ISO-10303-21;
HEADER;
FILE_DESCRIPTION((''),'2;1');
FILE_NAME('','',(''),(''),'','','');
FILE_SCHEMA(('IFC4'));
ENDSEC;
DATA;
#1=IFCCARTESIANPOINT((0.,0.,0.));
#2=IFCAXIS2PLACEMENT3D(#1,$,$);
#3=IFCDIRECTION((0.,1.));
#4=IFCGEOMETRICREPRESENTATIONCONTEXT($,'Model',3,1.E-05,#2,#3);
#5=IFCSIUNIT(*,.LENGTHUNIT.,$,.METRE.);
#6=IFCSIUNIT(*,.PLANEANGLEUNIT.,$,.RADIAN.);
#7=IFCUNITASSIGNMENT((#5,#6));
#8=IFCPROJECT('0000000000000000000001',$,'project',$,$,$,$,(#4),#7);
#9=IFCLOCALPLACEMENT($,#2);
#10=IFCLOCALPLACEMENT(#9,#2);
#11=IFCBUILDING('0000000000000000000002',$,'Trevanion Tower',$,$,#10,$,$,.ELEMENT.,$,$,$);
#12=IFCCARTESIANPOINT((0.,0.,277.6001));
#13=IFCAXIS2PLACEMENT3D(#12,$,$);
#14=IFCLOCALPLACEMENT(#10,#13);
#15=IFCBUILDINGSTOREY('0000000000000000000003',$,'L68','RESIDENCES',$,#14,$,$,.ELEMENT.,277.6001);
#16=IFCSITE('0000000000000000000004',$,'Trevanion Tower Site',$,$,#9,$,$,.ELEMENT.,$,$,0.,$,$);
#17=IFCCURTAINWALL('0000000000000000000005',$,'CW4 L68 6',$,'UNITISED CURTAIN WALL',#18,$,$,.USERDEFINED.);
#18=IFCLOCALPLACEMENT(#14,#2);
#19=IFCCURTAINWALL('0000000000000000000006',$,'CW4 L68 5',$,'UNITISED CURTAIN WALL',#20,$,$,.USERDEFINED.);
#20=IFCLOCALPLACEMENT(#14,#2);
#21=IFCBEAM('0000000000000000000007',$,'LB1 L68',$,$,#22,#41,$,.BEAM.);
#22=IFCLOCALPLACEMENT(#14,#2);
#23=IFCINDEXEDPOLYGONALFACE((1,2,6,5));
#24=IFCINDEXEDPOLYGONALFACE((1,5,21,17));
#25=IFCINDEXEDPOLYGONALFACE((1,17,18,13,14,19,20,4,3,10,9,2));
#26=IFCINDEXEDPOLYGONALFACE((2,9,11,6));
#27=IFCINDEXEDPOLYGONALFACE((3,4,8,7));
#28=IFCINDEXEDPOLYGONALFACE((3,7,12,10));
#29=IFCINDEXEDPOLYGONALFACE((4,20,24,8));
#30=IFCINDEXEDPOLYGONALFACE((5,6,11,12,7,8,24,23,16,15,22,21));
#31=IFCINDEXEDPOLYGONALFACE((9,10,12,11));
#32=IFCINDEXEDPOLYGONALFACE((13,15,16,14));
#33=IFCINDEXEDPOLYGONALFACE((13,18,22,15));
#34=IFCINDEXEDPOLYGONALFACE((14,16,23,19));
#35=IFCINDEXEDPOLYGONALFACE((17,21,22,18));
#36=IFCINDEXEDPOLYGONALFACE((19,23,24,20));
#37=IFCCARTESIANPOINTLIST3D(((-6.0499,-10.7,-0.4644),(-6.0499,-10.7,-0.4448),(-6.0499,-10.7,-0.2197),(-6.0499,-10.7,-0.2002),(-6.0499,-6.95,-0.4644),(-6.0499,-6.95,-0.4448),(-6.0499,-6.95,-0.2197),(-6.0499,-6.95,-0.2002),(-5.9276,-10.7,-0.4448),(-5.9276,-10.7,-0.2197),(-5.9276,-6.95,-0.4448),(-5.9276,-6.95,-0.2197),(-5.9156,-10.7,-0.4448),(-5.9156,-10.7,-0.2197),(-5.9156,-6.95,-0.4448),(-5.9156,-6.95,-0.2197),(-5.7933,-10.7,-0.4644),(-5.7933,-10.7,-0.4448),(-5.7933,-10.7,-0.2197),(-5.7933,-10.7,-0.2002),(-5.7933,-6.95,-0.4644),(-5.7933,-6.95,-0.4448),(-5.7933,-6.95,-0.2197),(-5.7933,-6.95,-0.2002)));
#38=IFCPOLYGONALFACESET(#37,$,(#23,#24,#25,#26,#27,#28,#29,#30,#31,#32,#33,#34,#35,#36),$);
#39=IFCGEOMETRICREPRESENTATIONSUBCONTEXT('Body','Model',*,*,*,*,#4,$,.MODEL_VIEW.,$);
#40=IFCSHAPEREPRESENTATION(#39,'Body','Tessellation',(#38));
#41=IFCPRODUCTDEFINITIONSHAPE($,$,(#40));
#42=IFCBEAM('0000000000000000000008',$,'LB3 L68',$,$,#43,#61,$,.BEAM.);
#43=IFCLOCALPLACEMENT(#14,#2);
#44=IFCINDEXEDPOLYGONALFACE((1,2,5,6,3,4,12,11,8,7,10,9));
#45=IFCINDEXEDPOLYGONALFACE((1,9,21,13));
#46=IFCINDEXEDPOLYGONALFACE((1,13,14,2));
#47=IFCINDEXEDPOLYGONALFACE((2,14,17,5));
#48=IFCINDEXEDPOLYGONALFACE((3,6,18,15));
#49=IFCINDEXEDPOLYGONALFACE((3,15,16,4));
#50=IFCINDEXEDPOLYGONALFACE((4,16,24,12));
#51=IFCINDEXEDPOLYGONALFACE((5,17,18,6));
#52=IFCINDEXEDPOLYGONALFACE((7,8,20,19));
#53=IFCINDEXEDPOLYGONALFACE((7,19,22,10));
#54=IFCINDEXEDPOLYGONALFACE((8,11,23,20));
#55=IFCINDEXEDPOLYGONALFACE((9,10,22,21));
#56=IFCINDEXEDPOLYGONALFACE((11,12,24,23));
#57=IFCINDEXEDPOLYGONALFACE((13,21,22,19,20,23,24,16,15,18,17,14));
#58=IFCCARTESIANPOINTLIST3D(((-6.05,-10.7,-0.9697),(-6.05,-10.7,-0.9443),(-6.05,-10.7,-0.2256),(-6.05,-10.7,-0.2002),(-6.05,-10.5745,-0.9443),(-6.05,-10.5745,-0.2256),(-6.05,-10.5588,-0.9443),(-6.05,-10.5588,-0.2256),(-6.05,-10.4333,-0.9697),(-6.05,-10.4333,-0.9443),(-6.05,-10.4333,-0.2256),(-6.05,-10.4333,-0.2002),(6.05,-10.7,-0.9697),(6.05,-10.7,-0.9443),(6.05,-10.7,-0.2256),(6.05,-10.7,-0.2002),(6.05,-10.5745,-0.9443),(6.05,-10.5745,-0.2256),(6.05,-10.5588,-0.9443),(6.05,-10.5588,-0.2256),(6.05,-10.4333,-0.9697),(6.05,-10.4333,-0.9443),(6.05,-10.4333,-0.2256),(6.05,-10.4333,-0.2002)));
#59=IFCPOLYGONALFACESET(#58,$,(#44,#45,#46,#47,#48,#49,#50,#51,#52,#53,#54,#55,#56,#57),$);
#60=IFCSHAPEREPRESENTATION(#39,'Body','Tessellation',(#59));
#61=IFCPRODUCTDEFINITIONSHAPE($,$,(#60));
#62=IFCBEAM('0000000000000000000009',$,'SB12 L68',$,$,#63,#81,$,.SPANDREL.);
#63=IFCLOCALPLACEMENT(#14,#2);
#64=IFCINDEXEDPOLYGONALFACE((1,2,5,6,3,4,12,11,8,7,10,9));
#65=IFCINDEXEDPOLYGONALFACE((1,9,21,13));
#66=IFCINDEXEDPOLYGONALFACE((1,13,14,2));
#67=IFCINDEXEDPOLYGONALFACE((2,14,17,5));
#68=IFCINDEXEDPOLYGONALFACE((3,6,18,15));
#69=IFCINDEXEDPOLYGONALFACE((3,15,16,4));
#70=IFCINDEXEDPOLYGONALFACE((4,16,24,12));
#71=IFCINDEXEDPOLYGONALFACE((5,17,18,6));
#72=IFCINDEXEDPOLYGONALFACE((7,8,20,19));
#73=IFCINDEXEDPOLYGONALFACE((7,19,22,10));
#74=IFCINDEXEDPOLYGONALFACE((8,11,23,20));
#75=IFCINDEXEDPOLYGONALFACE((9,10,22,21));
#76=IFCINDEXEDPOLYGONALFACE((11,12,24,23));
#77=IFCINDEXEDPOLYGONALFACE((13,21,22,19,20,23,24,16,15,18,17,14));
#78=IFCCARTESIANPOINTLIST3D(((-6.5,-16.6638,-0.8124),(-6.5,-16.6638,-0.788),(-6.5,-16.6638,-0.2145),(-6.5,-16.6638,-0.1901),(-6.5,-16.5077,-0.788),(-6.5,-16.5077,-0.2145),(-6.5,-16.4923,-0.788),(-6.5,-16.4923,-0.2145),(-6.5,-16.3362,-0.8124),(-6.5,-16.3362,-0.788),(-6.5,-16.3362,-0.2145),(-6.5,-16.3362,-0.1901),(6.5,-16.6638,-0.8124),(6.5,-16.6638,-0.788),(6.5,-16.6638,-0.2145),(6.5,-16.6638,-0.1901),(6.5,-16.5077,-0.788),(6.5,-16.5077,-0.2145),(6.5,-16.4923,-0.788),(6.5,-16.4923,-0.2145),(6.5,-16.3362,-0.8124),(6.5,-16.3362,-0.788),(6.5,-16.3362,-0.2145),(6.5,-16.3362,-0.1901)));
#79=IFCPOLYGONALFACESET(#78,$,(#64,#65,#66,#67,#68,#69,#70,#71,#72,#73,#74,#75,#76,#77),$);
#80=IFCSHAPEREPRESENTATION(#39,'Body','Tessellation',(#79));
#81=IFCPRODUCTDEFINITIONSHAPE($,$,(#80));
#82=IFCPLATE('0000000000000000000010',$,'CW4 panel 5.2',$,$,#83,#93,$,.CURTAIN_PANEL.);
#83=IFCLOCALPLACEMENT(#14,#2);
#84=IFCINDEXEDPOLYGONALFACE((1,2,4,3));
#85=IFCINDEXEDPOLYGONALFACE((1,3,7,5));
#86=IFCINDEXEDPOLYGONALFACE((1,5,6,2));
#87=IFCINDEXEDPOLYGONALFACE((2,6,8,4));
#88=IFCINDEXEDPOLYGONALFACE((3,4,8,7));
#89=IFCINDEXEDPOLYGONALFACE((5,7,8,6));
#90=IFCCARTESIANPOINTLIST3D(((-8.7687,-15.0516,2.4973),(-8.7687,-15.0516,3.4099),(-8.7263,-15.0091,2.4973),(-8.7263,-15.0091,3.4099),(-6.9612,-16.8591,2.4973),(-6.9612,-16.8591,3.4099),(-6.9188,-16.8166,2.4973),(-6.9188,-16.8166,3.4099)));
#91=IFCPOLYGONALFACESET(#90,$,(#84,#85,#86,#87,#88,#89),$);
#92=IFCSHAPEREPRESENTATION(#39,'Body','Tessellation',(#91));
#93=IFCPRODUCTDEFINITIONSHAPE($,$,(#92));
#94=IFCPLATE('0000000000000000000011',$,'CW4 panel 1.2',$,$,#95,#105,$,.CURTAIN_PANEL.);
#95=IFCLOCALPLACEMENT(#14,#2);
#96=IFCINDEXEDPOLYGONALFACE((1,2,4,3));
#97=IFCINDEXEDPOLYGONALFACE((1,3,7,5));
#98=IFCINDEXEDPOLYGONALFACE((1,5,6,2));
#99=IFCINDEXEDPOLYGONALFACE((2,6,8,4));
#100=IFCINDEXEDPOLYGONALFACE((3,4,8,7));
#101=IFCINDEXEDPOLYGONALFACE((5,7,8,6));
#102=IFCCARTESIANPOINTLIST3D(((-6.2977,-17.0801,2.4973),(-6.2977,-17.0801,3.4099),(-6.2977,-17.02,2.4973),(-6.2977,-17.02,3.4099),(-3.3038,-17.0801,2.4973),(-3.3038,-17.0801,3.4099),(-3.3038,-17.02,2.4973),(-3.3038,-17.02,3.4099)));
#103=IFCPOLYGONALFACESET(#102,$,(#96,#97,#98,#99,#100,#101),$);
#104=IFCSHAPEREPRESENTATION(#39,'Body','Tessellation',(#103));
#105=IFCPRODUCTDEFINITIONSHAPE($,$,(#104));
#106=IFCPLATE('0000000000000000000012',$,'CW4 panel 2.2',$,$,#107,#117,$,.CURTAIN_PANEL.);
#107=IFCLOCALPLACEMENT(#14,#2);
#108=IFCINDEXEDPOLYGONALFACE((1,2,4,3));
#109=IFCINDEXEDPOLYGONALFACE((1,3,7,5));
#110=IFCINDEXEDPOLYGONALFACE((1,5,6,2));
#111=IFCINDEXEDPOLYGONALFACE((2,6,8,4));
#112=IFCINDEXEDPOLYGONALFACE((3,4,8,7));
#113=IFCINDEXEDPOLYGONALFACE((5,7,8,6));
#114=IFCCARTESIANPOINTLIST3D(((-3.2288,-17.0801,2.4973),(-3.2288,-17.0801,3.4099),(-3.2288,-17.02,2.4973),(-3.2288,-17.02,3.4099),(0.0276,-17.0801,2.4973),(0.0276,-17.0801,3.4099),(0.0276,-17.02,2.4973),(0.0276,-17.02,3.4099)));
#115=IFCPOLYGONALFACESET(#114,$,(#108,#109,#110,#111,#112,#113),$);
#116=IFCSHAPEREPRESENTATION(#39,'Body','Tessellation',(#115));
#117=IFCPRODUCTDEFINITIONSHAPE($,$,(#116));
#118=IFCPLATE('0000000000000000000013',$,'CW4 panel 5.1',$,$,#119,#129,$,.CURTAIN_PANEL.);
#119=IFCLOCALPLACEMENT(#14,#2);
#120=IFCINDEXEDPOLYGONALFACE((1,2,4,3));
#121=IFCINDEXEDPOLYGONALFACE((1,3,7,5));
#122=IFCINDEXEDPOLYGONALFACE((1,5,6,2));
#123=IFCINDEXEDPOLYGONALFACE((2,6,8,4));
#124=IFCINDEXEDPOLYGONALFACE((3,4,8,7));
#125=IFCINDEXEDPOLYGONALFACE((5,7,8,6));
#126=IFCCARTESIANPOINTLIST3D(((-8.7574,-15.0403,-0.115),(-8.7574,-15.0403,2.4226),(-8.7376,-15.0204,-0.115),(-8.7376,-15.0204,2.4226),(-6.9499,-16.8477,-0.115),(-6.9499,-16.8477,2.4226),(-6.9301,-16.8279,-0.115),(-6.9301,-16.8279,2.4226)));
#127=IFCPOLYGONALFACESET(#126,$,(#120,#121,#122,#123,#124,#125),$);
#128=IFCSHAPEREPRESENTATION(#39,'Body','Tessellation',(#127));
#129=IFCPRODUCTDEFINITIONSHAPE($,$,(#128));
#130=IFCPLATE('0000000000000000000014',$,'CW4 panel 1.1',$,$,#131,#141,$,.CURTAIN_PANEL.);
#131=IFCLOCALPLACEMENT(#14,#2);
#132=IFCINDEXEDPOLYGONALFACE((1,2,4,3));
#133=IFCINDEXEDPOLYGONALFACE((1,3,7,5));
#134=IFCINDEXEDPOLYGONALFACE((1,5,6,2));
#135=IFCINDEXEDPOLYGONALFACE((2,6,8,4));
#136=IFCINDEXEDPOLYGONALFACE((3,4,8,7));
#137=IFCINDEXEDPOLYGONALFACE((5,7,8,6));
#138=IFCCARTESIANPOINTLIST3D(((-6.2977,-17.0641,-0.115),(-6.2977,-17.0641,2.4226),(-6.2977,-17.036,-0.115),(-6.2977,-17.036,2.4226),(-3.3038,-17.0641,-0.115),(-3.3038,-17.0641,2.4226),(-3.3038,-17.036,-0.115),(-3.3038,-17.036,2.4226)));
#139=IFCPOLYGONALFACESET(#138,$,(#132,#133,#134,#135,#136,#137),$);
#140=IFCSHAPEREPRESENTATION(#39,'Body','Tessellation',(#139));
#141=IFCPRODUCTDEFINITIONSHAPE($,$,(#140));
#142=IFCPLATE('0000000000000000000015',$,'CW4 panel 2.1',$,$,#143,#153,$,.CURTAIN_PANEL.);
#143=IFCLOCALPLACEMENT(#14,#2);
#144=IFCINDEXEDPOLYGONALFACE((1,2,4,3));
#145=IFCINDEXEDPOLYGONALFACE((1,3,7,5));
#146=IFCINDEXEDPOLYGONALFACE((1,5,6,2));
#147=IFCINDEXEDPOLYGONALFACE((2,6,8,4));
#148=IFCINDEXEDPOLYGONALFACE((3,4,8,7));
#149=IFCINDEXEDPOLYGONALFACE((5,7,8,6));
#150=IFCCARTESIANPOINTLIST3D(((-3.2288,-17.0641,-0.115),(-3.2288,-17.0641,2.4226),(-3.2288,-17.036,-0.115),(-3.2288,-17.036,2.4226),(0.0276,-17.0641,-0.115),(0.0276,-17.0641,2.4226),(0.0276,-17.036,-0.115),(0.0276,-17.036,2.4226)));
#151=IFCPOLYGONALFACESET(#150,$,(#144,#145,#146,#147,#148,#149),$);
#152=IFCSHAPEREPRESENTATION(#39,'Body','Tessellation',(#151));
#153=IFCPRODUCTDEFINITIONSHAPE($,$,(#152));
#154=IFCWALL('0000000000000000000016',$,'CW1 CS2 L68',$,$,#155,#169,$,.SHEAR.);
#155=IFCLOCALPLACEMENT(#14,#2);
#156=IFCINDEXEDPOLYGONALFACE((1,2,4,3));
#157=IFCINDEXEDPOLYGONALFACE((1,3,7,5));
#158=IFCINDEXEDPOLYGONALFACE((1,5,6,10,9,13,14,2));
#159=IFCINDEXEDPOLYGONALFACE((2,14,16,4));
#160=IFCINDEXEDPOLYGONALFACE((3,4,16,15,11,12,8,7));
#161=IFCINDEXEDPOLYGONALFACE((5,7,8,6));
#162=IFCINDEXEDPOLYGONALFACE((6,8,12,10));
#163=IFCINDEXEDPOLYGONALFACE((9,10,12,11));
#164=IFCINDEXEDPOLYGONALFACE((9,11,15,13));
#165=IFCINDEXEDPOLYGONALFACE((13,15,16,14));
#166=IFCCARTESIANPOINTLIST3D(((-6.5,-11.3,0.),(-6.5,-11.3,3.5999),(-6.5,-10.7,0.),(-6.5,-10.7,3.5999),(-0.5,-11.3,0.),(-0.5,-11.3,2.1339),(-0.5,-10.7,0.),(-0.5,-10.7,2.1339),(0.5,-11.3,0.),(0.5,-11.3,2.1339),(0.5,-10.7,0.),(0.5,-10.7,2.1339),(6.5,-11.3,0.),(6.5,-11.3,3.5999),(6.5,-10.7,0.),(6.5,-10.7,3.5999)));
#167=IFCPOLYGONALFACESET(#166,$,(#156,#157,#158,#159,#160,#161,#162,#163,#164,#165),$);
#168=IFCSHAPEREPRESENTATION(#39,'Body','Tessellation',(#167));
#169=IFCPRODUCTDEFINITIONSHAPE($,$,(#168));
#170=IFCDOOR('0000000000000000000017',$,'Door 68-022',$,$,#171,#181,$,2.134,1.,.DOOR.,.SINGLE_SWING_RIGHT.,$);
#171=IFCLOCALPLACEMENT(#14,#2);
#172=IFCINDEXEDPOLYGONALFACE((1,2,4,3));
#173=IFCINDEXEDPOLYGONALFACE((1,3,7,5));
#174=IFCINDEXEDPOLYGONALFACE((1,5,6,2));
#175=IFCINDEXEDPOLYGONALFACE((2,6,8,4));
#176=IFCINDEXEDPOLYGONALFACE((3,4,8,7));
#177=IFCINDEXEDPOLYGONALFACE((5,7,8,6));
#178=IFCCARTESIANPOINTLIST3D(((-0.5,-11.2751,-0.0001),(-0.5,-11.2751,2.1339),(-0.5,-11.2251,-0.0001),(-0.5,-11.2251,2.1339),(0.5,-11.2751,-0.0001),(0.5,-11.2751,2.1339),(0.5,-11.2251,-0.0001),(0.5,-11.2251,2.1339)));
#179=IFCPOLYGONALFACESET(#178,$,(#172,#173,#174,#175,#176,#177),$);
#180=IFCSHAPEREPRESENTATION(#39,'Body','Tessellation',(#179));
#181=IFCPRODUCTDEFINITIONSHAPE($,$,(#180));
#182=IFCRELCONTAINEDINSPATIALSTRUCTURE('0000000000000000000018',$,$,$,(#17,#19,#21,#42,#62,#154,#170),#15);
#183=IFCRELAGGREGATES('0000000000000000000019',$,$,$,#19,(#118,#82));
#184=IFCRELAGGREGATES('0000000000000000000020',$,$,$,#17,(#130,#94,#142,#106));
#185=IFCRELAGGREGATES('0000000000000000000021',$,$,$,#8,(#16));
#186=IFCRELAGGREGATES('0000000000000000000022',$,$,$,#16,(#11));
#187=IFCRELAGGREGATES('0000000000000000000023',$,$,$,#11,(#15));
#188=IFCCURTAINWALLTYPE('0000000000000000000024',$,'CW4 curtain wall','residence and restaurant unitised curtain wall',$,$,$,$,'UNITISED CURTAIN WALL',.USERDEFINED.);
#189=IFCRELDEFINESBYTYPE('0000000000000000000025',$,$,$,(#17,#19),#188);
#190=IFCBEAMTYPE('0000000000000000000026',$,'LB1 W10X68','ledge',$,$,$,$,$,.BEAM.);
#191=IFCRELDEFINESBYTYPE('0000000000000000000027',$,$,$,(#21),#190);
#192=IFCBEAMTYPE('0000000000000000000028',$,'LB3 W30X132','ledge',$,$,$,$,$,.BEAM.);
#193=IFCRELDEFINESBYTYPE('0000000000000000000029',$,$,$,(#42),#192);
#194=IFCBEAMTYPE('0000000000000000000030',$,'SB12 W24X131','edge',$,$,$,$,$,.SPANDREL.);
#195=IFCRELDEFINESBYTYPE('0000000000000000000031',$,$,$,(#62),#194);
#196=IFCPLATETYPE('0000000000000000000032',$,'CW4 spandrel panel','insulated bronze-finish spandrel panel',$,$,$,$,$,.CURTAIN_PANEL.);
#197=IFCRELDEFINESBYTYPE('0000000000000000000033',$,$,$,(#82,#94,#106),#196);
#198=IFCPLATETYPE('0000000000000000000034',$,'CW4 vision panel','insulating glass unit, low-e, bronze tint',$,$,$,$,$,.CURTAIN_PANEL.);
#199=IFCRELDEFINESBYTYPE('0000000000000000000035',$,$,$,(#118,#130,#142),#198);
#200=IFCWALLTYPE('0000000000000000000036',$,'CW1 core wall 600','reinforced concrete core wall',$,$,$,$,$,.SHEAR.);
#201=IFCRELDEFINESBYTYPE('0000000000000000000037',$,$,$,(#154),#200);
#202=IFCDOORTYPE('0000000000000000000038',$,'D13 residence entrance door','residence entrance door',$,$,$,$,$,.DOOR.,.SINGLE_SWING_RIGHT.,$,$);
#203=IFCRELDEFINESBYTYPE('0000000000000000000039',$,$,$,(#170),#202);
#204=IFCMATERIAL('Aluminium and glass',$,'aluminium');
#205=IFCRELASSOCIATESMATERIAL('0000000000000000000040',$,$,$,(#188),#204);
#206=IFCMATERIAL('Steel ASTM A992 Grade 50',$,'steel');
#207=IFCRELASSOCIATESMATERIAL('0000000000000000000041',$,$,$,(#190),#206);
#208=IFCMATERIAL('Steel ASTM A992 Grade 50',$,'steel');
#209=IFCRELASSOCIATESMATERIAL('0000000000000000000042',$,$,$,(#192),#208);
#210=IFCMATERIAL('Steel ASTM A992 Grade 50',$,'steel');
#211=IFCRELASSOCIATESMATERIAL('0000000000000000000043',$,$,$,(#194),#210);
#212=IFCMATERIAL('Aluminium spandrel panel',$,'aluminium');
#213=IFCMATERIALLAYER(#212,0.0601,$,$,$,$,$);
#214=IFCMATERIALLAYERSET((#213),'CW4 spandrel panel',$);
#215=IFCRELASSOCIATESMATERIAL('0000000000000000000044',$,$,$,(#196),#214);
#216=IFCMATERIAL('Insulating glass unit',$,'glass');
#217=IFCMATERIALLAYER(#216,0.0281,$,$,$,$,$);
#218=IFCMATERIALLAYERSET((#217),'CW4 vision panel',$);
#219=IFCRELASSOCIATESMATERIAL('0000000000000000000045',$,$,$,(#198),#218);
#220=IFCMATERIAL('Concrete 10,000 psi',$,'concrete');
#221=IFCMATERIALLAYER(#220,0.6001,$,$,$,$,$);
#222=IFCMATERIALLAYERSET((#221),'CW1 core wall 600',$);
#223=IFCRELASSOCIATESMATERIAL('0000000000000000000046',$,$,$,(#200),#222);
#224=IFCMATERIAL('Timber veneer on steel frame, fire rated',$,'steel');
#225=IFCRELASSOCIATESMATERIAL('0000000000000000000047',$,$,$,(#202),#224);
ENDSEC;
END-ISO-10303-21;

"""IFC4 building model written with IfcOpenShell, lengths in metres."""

from ifc_helpers import new_model, si_unit, direction, frame, frame_2d, origin, origin_2d, place, context, subcontext, project, spatial, rectangle, i_section, extrude, material, layer, layer_set, material_profile, profile_set, type_object, element, fill, aggregate, save


model = new_model("IFC4")

# Units and contexts
model_context = context("Model", 3, precision=1e-05, world=origin(), true_north=direction((0.0, 1.0)))
body_context = subcontext(model_context, "Body", "Model", "MODEL_VIEW")
ifc_project = project(units=[si_unit("LENGTHUNIT", "METRE"), si_unit("PLANEANGLEUNIT", "RADIAN")], contexts=[model_context])

# Site, building, storey
site_placement = place(None, origin())
site = spatial("IfcSite", under=ifc_project, at=site_placement, Name="Trevanion Tower Site", CompositionType="ELEMENT", RefElevation=0.0)
building_placement = place(site_placement, origin())
building = spatial("IfcBuilding", under=site, at=building_placement, Name="Trevanion Tower", CompositionType="ELEMENT")
storey_placement = place(building_placement, frame((0.0, 0.0, 277.6001)))
storey = spatial("IfcBuildingStorey", under=building, at=storey_placement, Name="L68", Description="RESIDENCES", CompositionType="ELEMENT", Elevation=277.6001)

# Curtain walls
ifc_material_1 = material(Name="Aluminium and glass", Category="aluminium")
curtain_wall_type = type_object("IfcCurtainWallType", Name="CW4 curtain wall", Description="residence and restaurant unitised curtain wall", ElementType="UNITISED CURTAIN WALL", PredefinedType="USERDEFINED", material=ifc_material_1)
curtain_wall_1_placement = place(storey_placement, origin())
curtain_wall_1 = element("IfcCurtainWall", 1, at=curtain_wall_1_placement, inside=storey, type_object=curtain_wall_type, Name="CW4 L68 6", ObjectType="UNITISED CURTAIN WALL", PredefinedType="USERDEFINED")
curtain_wall_2_placement = place(storey_placement, origin())
curtain_wall_2 = element("IfcCurtainWall", 2, at=curtain_wall_2_placement, inside=storey, type_object=curtain_wall_type, Name="CW4 L68 5", ObjectType="UNITISED CURTAIN WALL", PredefinedType="USERDEFINED")

# Beams
ifc_material_2 = material(Name="Steel ASTM A992 Grade 50", Category="steel")
ifc_material_profile_1 = material_profile(ifc_material_2, i_section(OverallWidth=0.2566, OverallDepth=0.2642, WebThickness=0.012, FlangeThickness=0.0195, at=origin_2d()), Name="W10X68")
ifc_profile_set_1 = profile_set([ifc_material_profile_1], Name="Steel ASTM A992 Grade 50")
beam_type_1 = type_object("IfcBeamType", Name="LB1 W10X68", Description="ledge", PredefinedType="BEAM", material=ifc_profile_set_1)
beam_1_placement = place(storey_placement, frame((-5.9216, -10.7, -0.3323), z_axis=(0.0, 1.0, 0.0), x_axis=(-1.0, 0.0, 0.0)))
element("IfcBeam", 3, at=beam_1_placement, inside=storey, type_object=beam_type_1, Name="LB1 L68", PredefinedType="BEAM", context=body_context, shape_type="SweptSolid", body=[
    extrude(i_section(OverallWidth=0.2566, OverallDepth=0.2642, WebThickness=0.012, FlangeThickness=0.0195, at=origin_2d()), origin(), (0.0, 0.0, 1.0), 3.75),
])
ifc_material_3 = material(Name="Steel ASTM A992 Grade 50", Category="steel")
ifc_material_profile_2 = material_profile(ifc_material_3, i_section(OverallWidth=0.2666, OverallDepth=0.7695, WebThickness=0.0156, FlangeThickness=0.0254, at=origin_2d()), Name="W30X132")
ifc_profile_set_2 = profile_set([ifc_material_profile_2], Name="Steel ASTM A992 Grade 50")
beam_type_2 = type_object("IfcBeamType", Name="LB3 W30X132", Description="ledge", PredefinedType="BEAM", material=ifc_profile_set_2)
beam_2_placement = place(storey_placement, frame((-6.05, -10.5667, -0.585), z_axis=(1.0, 0.0, 0.0), x_axis=(0.0, 1.0, 0.0)))
element("IfcBeam", 4, at=beam_2_placement, inside=storey, type_object=beam_type_2, Name="LB3 L68", PredefinedType="BEAM", context=body_context, shape_type="SweptSolid", body=[
    extrude(i_section(OverallWidth=0.2666, OverallDepth=0.7695, WebThickness=0.0156, FlangeThickness=0.0254, at=origin_2d()), origin(), (0.0, 0.0, 1.0), 12.1001),
])
ifc_material_4 = material(Name="Steel ASTM A992 Grade 50", Category="steel")
ifc_material_profile_3 = material_profile(ifc_material_4, i_section(OverallWidth=0.3276, OverallDepth=0.6223, WebThickness=0.0154, FlangeThickness=0.0244, at=origin_2d()), Name="W24X131")
ifc_profile_set_3 = profile_set([ifc_material_profile_3], Name="Steel ASTM A992 Grade 50")
beam_type_3 = type_object("IfcBeamType", Name="SB12 W24X131", Description="edge", PredefinedType="SPANDREL", material=ifc_profile_set_3)
beam_3_placement = place(storey_placement, frame((-6.5, -16.5, -0.5012), z_axis=(1.0, 0.0, 0.0), x_axis=(0.0, 1.0, 0.0)))
element("IfcBeam", 5, at=beam_3_placement, inside=storey, type_object=beam_type_3, Name="SB12 L68", PredefinedType="SPANDREL", context=body_context, shape_type="SweptSolid", body=[
    extrude(i_section(OverallWidth=0.3276, OverallDepth=0.6223, WebThickness=0.0154, FlangeThickness=0.0244, at=origin_2d()), origin(), (0.0, 0.0, 1.0), 13.0),
])

# Plates
ifc_material_5 = material(Name="Aluminium spandrel panel", Category="aluminium")
ifc_layer_1 = layer(ifc_material_5, 0.0601)
ifc_layer_set_1 = layer_set([ifc_layer_1], Name="CW4 spandrel panel")
plate_type_1 = type_object("IfcPlateType", Name="CW4 spandrel panel", Description="insulated bronze-finish spandrel panel", PredefinedType="CURTAIN_PANEL", material=ifc_layer_set_1)
plate_1_placement = place(storey_placement, frame((-7.8438, -15.9341, 2.4973), z_axis=(0.0, 0.0, 1.0), x_axis=(0.707107, -0.707107, 0.0)))
plate_1 = element("IfcPlate", 6, at=plate_1_placement, type_object=plate_type_1, Name="CW4 panel 5.2", PredefinedType="CURTAIN_PANEL", context=body_context, shape_type="SweptSolid", body=[
    extrude(rectangle(XDim=2.5562, YDim=0.0601, at=origin_2d()), origin(), (0.0, 0.0, 1.0), 0.9126),
])
plate_2_placement = place(storey_placement, frame((-4.8008, -17.05, 2.4973), z_axis=(0.0, 0.0, 1.0), x_axis=(1.0, 0.0, 0.0)))
plate_2 = element("IfcPlate", 7, at=plate_2_placement, type_object=plate_type_1, Name="CW4 panel 1.2", PredefinedType="CURTAIN_PANEL", context=body_context, shape_type="SweptSolid", body=[
    extrude(rectangle(XDim=2.9939, YDim=0.0601, at=origin_2d()), origin(), (0.0, 0.0, 1.0), 0.9126),
])
plate_3_placement = place(storey_placement, frame((-1.6006, -17.05, 2.4973), z_axis=(0.0, 0.0, 1.0), x_axis=(1.0, 0.0, 0.0)))
plate_3 = element("IfcPlate", 8, at=plate_3_placement, type_object=plate_type_1, Name="CW4 panel 2.2", PredefinedType="CURTAIN_PANEL", context=body_context, shape_type="SweptSolid", body=[
    extrude(rectangle(XDim=3.2563, YDim=0.0601, at=origin_2d()), origin(), (0.0, 0.0, 1.0), 0.9126),
])
ifc_material_6 = material(Name="Insulating glass unit", Category="glass")
ifc_layer_2 = layer(ifc_material_6, 0.0281)
ifc_layer_set_2 = layer_set([ifc_layer_2], Name="CW4 vision panel")
plate_type_2 = type_object("IfcPlateType", Name="CW4 vision panel", Description="insulating glass unit, low-e, bronze tint", PredefinedType="CURTAIN_PANEL", material=ifc_layer_set_2)
plate_4_placement = place(storey_placement, frame((-7.8438, -15.9341, -0.115), z_axis=(0.0, 0.0, 1.0), x_axis=(0.707107, -0.707107, 0.0)))
plate_4 = element("IfcPlate", 9, at=plate_4_placement, type_object=plate_type_2, Name="CW4 panel 5.1", PredefinedType="CURTAIN_PANEL", context=body_context, shape_type="SweptSolid", body=[
    extrude(rectangle(XDim=2.5562, YDim=0.0281, at=origin_2d()), origin(), (0.0, 0.0, 1.0), 2.5376),
])
aggregate(curtain_wall_2, [plate_4, plate_1])
plate_5_placement = place(storey_placement, frame((-4.8008, -17.05, -0.115), z_axis=(0.0, 0.0, 1.0), x_axis=(1.0, 0.0, 0.0)))
plate_5 = element("IfcPlate", 10, at=plate_5_placement, type_object=plate_type_2, Name="CW4 panel 1.1", PredefinedType="CURTAIN_PANEL", context=body_context, shape_type="SweptSolid", body=[
    extrude(rectangle(XDim=2.9939, YDim=0.0281, at=origin_2d()), origin(), (0.0, 0.0, 1.0), 2.5376),
])
plate_6_placement = place(storey_placement, frame((-1.6006, -17.05, -0.115), z_axis=(0.0, 0.0, 1.0), x_axis=(1.0, 0.0, 0.0)))
plate_6 = element("IfcPlate", 11, at=plate_6_placement, type_object=plate_type_2, Name="CW4 panel 2.1", PredefinedType="CURTAIN_PANEL", context=body_context, shape_type="SweptSolid", body=[
    extrude(rectangle(XDim=3.2563, YDim=0.0281, at=origin_2d()), origin(), (0.0, 0.0, 1.0), 2.5376),
])
aggregate(curtain_wall_1, [plate_5, plate_2, plate_6, plate_3])

# Wall, opening, door
ifc_material_7 = material(Name="Concrete 10,000 psi", Category="concrete")
ifc_layer_3 = layer(ifc_material_7, 0.6001)
ifc_layer_set_3 = layer_set([ifc_layer_3], Name="CW1 core wall 600")
wall_type_1 = type_object("IfcWallType", Name="CW1 core wall 600", Description="reinforced concrete core wall", PredefinedType="SHEAR", material=ifc_layer_set_3)
wall_1_placement = place(storey_placement, frame((-6.5, -11.0, 0.0), z_axis=(0.0, 0.0, 1.0), x_axis=(1.0, 0.0, 0.0)))
wall_1 = element("IfcWall", 12, at=wall_1_placement, inside=storey, type_object=wall_type_1, Name="CW1 CS2 L68", PredefinedType="SHEAR", context=body_context, shape_type="SweptSolid", body=[
    extrude(rectangle(XDim=13.0, YDim=0.6001, at=frame_2d((6.5, 0.0))), origin(), (0.0, 0.0, 1.0), 3.5999),
])
opening_1_placement = place(wall_1_placement, frame((6.0, 0.0, 0.0)))
opening_1 = element("IfcOpeningElement", 13, at=opening_1_placement, cuts=wall_1, PredefinedType="OPENING", context=body_context, shape_type="SweptSolid", body=[
    extrude(rectangle(XDim=1.0, YDim=2.134, at=frame_2d((0.5, 1.0669))), frame((0.0, 0.3101, 0.0), z_axis=(0.0, -1.0, 0.0), x_axis=(1.0, 0.0, 0.0)), (0.0, 0.0, 1.0), 0.6201),
])
ifc_material_8 = material(Name="Timber veneer on steel frame, fire rated", Category="steel")
door_type_1 = type_object("IfcDoorType", Name="D13 residence entrance door", Description="residence entrance door", OperationType="SINGLE_SWING_RIGHT", PredefinedType="DOOR", material=ifc_material_8)
door_1_placement = place(opening_1_placement, origin())
door_1 = element("IfcDoor", 14, at=door_1_placement, inside=storey, type_object=door_type_1, Name="Door 68-022", OperationType="SINGLE_SWING_RIGHT", OverallHeight=2.134, OverallWidth=1.0, PredefinedType="DOOR", context=body_context, shape_type="SweptSolid", body=[
    extrude(rectangle(XDim=1.0, YDim=2.134, at=frame_2d((0.5, 1.0669))), frame((0.0, -0.2251, 0.0), z_axis=(0.0, -1.0, 0.0), x_axis=(1.0, 0.0, 0.0)), (0.0, 0.0, 1.0), 0.05),
])
fill(opening_1, door_1)

save(model, "model.ifc")
